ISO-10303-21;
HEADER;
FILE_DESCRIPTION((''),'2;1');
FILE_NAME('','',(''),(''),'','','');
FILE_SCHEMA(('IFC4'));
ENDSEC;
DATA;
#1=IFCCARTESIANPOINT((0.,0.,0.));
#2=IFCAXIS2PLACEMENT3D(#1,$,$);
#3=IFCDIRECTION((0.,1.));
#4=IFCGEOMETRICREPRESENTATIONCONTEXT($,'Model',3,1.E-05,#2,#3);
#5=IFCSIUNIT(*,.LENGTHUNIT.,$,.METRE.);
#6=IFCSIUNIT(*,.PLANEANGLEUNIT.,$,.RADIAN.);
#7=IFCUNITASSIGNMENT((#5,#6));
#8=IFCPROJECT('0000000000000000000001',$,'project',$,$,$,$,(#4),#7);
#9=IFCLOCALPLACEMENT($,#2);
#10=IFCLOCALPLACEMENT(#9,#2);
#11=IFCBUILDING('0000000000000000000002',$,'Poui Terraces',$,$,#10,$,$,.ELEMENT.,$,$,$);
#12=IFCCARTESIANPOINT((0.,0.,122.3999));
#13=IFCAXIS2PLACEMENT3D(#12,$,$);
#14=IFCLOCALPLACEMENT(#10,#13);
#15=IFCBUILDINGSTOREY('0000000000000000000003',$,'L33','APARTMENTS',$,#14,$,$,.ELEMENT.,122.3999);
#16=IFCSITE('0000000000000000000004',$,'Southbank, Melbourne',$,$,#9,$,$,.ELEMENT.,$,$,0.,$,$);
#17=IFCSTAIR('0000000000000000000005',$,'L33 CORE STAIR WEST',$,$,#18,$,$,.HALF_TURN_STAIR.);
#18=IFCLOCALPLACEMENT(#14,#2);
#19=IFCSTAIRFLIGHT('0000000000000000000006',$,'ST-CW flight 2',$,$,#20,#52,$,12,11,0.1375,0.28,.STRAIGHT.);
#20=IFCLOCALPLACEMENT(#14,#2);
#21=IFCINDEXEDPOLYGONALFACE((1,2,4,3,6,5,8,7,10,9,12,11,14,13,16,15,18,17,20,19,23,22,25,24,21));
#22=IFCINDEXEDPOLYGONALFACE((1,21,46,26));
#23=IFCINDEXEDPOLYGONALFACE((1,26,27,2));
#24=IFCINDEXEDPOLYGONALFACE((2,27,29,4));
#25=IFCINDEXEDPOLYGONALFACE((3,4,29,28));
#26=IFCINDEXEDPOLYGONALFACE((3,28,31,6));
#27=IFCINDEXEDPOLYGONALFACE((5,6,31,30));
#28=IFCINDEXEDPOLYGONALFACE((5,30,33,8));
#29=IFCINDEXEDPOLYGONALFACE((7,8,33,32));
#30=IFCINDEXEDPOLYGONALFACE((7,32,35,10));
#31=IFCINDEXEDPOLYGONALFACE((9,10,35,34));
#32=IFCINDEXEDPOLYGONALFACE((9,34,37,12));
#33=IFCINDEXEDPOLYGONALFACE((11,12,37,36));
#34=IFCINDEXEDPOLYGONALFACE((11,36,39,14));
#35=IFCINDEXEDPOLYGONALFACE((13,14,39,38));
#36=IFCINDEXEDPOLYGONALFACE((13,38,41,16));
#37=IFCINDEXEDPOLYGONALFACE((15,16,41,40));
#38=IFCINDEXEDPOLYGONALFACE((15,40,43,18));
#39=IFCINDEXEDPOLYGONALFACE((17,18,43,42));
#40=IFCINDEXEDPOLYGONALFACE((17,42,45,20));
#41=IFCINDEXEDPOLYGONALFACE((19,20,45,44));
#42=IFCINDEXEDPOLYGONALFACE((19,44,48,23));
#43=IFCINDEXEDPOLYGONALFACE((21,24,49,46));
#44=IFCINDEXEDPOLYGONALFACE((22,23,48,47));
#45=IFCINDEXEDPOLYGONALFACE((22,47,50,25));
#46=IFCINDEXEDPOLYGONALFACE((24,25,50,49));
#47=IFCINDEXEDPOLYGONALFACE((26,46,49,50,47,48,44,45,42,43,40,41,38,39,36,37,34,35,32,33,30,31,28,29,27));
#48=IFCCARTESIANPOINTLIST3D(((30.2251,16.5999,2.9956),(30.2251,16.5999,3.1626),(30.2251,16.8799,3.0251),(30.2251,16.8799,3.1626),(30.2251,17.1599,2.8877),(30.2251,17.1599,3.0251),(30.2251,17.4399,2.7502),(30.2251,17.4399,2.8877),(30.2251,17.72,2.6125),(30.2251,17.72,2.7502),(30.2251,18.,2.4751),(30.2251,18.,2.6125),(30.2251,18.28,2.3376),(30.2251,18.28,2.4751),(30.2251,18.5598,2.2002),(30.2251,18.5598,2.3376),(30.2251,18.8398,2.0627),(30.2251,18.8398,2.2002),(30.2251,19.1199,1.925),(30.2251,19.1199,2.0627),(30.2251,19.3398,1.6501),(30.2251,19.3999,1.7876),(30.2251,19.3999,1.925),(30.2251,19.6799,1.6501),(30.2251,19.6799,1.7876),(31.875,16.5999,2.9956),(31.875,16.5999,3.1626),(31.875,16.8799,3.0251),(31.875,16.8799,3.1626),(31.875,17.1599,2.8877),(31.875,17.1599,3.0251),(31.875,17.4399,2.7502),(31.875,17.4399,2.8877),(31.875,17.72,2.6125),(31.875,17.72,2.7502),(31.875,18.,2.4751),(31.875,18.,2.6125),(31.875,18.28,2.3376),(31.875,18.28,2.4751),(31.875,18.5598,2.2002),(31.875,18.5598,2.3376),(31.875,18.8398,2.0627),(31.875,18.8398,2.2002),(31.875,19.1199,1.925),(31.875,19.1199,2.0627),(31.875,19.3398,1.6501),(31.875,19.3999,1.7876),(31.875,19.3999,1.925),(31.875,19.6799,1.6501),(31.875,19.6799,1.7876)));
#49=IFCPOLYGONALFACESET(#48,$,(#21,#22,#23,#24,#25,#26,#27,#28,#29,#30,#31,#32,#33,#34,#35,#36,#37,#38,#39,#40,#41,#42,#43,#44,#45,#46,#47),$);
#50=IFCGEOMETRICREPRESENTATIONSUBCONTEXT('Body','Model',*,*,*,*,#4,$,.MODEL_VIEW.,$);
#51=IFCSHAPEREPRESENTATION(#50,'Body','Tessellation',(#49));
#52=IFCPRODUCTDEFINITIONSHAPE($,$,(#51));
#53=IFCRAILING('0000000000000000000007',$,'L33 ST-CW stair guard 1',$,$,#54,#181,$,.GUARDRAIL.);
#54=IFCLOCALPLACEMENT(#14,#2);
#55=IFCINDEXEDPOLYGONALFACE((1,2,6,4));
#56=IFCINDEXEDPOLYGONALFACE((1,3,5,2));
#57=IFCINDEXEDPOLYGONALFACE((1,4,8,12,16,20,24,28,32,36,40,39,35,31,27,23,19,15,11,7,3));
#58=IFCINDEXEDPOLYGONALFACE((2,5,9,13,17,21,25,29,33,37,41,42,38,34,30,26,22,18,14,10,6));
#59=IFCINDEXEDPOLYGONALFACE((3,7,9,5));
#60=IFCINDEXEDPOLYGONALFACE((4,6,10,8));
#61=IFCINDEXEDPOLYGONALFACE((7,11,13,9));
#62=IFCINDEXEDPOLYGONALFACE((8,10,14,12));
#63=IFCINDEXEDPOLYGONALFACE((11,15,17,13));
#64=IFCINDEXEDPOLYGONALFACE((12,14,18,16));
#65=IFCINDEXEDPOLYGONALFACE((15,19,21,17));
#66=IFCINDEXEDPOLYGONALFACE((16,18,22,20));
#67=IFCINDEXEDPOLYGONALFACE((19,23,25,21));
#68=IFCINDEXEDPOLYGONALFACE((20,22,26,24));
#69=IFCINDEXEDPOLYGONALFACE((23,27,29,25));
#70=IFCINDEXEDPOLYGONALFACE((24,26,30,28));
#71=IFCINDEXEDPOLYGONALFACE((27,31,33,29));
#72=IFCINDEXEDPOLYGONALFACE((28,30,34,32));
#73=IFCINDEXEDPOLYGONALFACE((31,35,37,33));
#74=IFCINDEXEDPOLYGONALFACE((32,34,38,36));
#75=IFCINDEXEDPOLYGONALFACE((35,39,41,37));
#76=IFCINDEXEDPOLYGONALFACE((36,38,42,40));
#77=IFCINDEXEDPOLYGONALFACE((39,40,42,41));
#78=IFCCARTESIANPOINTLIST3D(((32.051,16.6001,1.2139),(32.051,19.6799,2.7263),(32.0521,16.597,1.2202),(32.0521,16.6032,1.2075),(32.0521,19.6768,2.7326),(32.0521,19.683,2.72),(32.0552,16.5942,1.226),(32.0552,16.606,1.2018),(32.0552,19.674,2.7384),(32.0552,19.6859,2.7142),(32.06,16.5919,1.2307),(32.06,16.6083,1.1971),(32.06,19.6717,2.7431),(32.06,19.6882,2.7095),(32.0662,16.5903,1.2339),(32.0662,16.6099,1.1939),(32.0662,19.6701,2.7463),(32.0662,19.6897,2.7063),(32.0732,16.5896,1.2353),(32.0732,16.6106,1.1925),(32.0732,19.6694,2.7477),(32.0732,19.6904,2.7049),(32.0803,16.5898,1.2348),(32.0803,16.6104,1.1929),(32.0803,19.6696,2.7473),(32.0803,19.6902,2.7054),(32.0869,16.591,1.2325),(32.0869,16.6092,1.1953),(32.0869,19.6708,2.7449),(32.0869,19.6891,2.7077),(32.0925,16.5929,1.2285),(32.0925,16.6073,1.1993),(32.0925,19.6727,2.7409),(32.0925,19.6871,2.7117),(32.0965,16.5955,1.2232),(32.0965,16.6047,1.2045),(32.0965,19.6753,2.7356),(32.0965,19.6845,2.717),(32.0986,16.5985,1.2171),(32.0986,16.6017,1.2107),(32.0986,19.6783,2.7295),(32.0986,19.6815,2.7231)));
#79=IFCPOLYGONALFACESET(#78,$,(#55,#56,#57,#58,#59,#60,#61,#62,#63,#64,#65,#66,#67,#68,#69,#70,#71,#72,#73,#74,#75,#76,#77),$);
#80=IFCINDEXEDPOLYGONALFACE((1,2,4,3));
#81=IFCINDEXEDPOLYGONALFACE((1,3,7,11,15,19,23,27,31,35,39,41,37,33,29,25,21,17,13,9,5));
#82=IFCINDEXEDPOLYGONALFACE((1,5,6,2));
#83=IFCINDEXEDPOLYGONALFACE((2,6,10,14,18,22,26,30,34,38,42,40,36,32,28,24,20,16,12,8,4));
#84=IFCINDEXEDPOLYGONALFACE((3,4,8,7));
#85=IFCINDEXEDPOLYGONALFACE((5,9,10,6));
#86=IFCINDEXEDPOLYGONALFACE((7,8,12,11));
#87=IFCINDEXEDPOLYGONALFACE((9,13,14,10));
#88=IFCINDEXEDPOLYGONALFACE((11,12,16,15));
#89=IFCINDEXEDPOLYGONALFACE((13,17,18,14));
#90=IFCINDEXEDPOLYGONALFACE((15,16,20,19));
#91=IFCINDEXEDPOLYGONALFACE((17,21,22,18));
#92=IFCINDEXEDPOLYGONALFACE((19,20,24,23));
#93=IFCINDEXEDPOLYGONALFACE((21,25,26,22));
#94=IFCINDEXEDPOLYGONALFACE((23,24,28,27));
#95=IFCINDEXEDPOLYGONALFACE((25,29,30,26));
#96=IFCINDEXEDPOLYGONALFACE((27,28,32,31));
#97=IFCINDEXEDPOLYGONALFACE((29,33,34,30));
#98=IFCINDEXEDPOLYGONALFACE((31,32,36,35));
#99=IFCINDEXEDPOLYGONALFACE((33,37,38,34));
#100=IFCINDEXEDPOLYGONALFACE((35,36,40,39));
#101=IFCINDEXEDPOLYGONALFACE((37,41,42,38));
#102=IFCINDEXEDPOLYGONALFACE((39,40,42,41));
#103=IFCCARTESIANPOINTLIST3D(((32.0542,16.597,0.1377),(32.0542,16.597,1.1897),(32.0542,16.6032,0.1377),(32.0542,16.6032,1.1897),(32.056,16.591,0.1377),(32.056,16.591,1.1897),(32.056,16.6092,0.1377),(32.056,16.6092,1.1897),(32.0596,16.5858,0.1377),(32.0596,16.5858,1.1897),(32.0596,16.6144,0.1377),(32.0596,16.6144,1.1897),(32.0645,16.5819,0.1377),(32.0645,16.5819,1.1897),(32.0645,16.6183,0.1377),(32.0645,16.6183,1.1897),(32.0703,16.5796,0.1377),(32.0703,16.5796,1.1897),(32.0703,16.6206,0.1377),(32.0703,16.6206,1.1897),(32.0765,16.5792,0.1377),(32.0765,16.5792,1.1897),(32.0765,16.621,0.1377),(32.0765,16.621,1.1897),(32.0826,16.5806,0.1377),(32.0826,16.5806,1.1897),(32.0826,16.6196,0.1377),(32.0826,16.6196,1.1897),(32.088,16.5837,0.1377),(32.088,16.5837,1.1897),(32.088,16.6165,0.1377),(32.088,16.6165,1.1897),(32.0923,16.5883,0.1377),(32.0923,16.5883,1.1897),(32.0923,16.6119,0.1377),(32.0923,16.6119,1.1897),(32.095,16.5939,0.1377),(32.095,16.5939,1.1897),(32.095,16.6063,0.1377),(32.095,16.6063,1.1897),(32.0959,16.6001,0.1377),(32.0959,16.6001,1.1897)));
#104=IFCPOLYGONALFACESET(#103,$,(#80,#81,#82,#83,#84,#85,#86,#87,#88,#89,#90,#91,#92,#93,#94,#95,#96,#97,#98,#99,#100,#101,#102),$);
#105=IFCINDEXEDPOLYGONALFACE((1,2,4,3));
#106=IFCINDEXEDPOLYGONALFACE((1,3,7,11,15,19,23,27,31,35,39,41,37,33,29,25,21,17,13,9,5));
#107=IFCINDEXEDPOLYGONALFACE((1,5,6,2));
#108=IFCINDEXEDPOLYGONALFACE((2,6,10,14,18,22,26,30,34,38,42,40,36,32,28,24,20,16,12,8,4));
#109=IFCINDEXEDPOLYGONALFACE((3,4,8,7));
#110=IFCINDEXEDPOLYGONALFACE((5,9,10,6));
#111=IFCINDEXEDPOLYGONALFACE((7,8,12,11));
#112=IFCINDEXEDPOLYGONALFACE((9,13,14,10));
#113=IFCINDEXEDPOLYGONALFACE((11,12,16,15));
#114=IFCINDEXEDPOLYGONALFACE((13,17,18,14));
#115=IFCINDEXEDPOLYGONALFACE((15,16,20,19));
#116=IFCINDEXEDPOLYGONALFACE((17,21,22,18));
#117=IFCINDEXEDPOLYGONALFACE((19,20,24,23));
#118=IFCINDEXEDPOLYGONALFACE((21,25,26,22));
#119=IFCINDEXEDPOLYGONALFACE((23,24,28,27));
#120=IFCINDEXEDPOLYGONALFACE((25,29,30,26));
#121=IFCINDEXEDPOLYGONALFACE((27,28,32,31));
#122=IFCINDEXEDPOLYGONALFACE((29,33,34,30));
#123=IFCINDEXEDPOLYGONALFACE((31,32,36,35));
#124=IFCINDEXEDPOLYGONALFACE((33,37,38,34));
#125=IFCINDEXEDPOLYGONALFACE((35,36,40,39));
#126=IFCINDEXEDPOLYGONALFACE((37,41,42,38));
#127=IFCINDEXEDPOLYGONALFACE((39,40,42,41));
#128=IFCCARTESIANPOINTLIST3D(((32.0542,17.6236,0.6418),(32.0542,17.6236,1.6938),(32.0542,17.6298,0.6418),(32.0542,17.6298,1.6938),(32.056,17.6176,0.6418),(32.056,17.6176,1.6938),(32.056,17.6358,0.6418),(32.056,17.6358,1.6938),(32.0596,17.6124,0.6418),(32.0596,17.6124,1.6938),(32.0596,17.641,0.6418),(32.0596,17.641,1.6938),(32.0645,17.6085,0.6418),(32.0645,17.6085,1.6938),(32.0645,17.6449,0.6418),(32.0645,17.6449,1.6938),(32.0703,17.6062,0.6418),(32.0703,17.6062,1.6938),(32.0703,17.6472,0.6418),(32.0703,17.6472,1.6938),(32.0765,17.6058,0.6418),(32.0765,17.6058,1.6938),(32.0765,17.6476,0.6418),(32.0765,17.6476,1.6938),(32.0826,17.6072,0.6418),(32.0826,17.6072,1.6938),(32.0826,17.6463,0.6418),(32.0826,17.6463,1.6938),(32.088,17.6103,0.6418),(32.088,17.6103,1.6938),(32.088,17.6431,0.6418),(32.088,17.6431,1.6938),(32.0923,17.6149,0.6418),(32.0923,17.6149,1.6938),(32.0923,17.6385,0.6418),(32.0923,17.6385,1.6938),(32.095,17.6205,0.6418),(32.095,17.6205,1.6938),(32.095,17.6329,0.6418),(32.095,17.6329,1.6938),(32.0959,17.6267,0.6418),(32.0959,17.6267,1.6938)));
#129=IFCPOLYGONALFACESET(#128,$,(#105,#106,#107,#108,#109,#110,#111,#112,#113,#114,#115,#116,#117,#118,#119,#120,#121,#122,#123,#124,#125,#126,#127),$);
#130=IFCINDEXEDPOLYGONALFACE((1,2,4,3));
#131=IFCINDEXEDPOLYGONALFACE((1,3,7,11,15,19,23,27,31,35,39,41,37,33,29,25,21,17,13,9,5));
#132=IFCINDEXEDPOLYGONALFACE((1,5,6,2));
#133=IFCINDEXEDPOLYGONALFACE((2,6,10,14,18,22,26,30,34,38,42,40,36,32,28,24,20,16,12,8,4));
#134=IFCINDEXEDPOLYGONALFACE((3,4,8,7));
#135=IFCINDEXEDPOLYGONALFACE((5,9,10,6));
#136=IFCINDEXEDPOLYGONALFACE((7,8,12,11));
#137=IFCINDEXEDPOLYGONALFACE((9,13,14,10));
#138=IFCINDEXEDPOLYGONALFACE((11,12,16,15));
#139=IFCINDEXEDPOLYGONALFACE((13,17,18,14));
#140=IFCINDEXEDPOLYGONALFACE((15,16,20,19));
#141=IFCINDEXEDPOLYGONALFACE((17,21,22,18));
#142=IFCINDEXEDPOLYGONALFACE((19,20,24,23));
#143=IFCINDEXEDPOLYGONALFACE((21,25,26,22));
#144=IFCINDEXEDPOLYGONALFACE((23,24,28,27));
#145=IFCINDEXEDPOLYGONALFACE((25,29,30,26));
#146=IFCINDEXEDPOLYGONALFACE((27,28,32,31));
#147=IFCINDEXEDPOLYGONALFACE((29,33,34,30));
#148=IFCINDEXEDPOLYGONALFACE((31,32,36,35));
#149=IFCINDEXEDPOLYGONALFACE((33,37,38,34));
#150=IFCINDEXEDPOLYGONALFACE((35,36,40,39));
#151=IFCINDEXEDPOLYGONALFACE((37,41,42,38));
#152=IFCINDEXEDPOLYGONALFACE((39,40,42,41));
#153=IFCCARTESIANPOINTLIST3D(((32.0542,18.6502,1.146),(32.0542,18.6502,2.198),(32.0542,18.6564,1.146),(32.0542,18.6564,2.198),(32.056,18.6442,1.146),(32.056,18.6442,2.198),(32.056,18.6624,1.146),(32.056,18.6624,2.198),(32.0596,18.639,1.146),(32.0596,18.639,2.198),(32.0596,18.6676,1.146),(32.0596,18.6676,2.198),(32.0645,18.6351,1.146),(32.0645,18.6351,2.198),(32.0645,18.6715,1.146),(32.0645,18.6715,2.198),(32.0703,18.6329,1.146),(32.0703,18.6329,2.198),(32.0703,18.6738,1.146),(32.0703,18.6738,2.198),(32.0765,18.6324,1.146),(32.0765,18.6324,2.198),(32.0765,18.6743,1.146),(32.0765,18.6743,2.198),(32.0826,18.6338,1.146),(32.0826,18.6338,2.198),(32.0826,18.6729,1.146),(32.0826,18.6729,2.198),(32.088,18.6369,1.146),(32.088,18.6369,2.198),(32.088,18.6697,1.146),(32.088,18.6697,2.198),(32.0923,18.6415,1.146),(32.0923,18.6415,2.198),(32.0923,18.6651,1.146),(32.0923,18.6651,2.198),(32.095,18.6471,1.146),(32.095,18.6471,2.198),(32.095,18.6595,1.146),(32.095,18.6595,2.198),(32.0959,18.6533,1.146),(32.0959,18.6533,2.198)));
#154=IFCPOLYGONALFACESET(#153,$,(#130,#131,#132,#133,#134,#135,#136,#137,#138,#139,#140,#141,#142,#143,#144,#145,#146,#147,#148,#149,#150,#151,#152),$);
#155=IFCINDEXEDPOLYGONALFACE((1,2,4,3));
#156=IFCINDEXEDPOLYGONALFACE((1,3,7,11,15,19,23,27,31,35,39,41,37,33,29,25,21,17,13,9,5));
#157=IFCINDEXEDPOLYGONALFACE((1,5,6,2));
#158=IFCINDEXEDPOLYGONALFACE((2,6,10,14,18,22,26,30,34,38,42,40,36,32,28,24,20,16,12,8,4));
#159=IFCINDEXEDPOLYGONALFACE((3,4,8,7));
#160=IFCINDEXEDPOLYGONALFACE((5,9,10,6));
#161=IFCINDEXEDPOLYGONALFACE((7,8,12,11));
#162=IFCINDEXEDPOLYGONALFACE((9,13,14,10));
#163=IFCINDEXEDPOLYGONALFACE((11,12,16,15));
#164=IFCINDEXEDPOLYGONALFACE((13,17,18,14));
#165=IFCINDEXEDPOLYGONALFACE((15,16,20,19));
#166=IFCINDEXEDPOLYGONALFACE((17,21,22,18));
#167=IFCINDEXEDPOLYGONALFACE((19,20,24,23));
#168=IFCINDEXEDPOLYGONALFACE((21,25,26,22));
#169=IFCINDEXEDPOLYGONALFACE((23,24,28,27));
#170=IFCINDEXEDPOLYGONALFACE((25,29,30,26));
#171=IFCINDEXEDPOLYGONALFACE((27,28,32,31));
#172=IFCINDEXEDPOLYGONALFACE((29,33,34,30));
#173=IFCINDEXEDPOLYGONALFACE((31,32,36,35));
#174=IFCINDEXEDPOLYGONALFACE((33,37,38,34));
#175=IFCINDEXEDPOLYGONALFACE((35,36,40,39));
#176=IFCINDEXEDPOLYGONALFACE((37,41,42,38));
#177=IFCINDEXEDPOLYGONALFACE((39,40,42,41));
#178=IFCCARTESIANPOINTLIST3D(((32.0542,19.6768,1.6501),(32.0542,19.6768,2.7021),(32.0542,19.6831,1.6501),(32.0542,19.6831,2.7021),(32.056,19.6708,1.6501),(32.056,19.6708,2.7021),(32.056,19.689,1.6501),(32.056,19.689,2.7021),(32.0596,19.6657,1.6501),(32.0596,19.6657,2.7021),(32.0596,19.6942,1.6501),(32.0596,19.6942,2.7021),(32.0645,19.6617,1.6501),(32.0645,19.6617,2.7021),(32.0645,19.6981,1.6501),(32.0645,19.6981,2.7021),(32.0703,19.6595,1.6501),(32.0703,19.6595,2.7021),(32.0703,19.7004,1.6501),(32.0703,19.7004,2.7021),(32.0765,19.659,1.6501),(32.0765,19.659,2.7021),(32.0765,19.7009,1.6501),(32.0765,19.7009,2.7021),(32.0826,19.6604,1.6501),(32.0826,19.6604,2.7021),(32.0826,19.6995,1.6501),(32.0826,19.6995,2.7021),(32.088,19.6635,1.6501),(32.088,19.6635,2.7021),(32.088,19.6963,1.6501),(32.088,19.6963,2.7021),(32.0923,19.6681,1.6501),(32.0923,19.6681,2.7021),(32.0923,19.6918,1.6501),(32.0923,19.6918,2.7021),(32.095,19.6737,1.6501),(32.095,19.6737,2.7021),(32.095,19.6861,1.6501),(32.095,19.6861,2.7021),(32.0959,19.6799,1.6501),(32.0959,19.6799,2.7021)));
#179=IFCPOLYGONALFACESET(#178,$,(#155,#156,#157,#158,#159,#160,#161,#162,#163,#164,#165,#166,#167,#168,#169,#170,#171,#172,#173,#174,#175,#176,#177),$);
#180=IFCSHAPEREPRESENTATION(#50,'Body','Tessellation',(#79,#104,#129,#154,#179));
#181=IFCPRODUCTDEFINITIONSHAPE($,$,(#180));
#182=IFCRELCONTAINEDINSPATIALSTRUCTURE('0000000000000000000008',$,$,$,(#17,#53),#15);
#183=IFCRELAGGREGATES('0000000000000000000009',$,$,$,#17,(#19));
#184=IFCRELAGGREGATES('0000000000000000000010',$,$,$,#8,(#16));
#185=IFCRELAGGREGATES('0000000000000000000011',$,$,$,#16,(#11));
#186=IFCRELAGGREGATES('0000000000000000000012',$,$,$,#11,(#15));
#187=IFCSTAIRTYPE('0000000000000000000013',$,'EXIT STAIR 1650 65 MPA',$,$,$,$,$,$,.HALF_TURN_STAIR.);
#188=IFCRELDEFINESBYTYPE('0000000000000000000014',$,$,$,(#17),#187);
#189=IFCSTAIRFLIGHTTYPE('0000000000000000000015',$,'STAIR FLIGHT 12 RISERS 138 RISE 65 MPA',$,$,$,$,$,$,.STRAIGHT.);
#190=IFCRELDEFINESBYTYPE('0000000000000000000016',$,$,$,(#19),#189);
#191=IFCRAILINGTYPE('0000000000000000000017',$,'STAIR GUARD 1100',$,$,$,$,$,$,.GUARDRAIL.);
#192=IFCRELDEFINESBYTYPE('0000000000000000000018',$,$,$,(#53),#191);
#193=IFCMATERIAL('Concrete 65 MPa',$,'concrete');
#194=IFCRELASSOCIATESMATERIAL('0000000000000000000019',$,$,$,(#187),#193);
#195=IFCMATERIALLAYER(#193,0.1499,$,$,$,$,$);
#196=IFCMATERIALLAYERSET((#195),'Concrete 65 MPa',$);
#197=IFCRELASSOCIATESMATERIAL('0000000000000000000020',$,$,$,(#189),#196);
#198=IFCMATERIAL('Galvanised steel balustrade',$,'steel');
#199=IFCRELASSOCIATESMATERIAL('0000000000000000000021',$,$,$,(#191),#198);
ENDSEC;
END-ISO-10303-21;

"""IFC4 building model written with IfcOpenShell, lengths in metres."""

from ifc_helpers import new_model, si_unit, direction, frame, origin, origin_2d, place, context, subcontext, project, spatial, polyline, circle, outline, extrude, material, layer, layer_set, type_object, element, aggregate, save


model = new_model("IFC4")

# Units and contexts
model_context = context("Model", 3, precision=1e-05, world=origin(), true_north=direction((0.0, 1.0)))
body_context = subcontext(model_context, "Body", "Model", "MODEL_VIEW")
ifc_project = project(units=[si_unit("LENGTHUNIT", "METRE"), si_unit("PLANEANGLEUNIT", "RADIAN")], contexts=[model_context])

# Site, building, storey
site_placement = place(None, origin())
site = spatial("IfcSite", under=ifc_project, at=site_placement, Name="Southbank, Melbourne", CompositionType="ELEMENT", RefElevation=0.0)
building_placement = place(site_placement, origin())
building = spatial("IfcBuilding", under=site, at=building_placement, Name="Poui Terraces", CompositionType="ELEMENT")
storey_placement = place(building_placement, frame((0.0, 0.0, 122.3999)))
storey = spatial("IfcBuildingStorey", under=building, at=storey_placement, Name="L33", Description="APARTMENTS", CompositionType="ELEMENT", Elevation=122.3999)

# Shared definitions
ifc_material_1 = material(Name="Concrete 65 MPa", Category="concrete")

# Stair, stair flight
stair_type = type_object("IfcStairType", Name="EXIT STAIR 1650 65 MPA", PredefinedType="HALF_TURN_STAIR", material=ifc_material_1)
stair_placement = place(storey_placement, origin())
stair = element("IfcStair", 1, at=stair_placement, inside=storey, type_object=stair_type, Name="L33 CORE STAIR WEST", PredefinedType="HALF_TURN_STAIR")
ifc_layer_1 = layer(ifc_material_1, 0.1499)
ifc_layer_set_1 = layer_set([ifc_layer_1], Name="Concrete 65 MPa")
stair_flight_type = type_object("IfcStairFlightType", Name="STAIR FLIGHT 12 RISERS 138 RISE 65 MPA", PredefinedType="STRAIGHT", material=ifc_layer_set_1)
stair_flight_1_placement = place(storey_placement, frame((31.05, 19.6799, 1.6501), z_axis=(0.0, 0.0, 1.0), x_axis=(0.0, -1.0, 0.0)))
stair_flight_1 = element("IfcStairFlight", 2, at=stair_flight_1_placement, type_object=stair_flight_type, Name="ST-CW flight 2", NumberOfRisers=12, NumberOfTreads=11, PredefinedType="STRAIGHT", RiserHeight=0.1375, TreadLength=0.28, context=body_context, shape_type="SweptSolid", body=[
    extrude(outline(polyline([(0.0, 0.0), (0.0, 0.1375), (0.28, 0.1375), (0.28, 0.2749), (0.5601, 0.2749), (0.5601, 0.4126), (0.8401, 0.4126), (0.8401, 0.55), (1.1201, 0.55), (1.1201, 0.6875), (1.3999, 0.6875), (1.3999, 0.825), (1.6799, 0.825), (1.6799, 0.9624), (1.96, 0.9624), (1.96, 1.1001), (2.24, 1.1001), (2.24, 1.2375), (2.52, 1.2375), (2.52, 1.375), (2.8, 1.375), (2.8, 1.5125), (3.0801, 1.5125), (3.0801, 1.6499), (3.0801, 1.3455), (0.3401, 0.0), (0.0, 0.0)])), frame((0.0, 0.825, 0.0), z_axis=(0.0, -1.0, 0.0), x_axis=(1.0, 0.0, 0.0)), (0.0, 0.0, 1.0), 1.6499),
])
aggregate(stair, [stair_flight_1])

# Railing
ifc_material_2 = material(Name="Galvanised steel balustrade", Category="steel")
railing_type_1 = type_object("IfcRailingType", Name="STAIR GUARD 1100", PredefinedType="GUARDRAIL", material=ifc_material_2)
railing_1_placement = place(storey_placement, frame((32.075, 16.6001, 0.1377)))
element("IfcRailing", 3, at=railing_1_placement, inside=storey, type_object=railing_type_1, Name="L33 ST-CW stair guard 1", PredefinedType="GUARDRAIL", context=body_context, shape_type="SweptSolid", body=[
    extrude(circle(Radius=0.0239, at=origin_2d()), frame((0.0, 0.0, 1.0762), z_axis=(0.0, 0.897606, 0.440798), x_axis=(-1.0, 0.0, 0.0)), (0.0, 0.0, 1.0), 3.4312),
    extrude(circle(Radius=0.021, at=origin_2d()), origin(), (0.0, 0.0, 1.0), 1.052),
    extrude(circle(Radius=0.021, at=origin_2d()), frame((0.0, 1.0266, 0.5042)), (0.0, 0.0, 1.0), 1.052),
    extrude(circle(Radius=0.021, at=origin_2d()), frame((0.0, 2.0532, 1.0083)), (0.0, 0.0, 1.0), 1.052),
    extrude(circle(Radius=0.021, at=origin_2d()), frame((0.0, 3.0798, 1.5125)), (0.0, 0.0, 1.0), 1.052),
])

save(model, "model.ifc")
